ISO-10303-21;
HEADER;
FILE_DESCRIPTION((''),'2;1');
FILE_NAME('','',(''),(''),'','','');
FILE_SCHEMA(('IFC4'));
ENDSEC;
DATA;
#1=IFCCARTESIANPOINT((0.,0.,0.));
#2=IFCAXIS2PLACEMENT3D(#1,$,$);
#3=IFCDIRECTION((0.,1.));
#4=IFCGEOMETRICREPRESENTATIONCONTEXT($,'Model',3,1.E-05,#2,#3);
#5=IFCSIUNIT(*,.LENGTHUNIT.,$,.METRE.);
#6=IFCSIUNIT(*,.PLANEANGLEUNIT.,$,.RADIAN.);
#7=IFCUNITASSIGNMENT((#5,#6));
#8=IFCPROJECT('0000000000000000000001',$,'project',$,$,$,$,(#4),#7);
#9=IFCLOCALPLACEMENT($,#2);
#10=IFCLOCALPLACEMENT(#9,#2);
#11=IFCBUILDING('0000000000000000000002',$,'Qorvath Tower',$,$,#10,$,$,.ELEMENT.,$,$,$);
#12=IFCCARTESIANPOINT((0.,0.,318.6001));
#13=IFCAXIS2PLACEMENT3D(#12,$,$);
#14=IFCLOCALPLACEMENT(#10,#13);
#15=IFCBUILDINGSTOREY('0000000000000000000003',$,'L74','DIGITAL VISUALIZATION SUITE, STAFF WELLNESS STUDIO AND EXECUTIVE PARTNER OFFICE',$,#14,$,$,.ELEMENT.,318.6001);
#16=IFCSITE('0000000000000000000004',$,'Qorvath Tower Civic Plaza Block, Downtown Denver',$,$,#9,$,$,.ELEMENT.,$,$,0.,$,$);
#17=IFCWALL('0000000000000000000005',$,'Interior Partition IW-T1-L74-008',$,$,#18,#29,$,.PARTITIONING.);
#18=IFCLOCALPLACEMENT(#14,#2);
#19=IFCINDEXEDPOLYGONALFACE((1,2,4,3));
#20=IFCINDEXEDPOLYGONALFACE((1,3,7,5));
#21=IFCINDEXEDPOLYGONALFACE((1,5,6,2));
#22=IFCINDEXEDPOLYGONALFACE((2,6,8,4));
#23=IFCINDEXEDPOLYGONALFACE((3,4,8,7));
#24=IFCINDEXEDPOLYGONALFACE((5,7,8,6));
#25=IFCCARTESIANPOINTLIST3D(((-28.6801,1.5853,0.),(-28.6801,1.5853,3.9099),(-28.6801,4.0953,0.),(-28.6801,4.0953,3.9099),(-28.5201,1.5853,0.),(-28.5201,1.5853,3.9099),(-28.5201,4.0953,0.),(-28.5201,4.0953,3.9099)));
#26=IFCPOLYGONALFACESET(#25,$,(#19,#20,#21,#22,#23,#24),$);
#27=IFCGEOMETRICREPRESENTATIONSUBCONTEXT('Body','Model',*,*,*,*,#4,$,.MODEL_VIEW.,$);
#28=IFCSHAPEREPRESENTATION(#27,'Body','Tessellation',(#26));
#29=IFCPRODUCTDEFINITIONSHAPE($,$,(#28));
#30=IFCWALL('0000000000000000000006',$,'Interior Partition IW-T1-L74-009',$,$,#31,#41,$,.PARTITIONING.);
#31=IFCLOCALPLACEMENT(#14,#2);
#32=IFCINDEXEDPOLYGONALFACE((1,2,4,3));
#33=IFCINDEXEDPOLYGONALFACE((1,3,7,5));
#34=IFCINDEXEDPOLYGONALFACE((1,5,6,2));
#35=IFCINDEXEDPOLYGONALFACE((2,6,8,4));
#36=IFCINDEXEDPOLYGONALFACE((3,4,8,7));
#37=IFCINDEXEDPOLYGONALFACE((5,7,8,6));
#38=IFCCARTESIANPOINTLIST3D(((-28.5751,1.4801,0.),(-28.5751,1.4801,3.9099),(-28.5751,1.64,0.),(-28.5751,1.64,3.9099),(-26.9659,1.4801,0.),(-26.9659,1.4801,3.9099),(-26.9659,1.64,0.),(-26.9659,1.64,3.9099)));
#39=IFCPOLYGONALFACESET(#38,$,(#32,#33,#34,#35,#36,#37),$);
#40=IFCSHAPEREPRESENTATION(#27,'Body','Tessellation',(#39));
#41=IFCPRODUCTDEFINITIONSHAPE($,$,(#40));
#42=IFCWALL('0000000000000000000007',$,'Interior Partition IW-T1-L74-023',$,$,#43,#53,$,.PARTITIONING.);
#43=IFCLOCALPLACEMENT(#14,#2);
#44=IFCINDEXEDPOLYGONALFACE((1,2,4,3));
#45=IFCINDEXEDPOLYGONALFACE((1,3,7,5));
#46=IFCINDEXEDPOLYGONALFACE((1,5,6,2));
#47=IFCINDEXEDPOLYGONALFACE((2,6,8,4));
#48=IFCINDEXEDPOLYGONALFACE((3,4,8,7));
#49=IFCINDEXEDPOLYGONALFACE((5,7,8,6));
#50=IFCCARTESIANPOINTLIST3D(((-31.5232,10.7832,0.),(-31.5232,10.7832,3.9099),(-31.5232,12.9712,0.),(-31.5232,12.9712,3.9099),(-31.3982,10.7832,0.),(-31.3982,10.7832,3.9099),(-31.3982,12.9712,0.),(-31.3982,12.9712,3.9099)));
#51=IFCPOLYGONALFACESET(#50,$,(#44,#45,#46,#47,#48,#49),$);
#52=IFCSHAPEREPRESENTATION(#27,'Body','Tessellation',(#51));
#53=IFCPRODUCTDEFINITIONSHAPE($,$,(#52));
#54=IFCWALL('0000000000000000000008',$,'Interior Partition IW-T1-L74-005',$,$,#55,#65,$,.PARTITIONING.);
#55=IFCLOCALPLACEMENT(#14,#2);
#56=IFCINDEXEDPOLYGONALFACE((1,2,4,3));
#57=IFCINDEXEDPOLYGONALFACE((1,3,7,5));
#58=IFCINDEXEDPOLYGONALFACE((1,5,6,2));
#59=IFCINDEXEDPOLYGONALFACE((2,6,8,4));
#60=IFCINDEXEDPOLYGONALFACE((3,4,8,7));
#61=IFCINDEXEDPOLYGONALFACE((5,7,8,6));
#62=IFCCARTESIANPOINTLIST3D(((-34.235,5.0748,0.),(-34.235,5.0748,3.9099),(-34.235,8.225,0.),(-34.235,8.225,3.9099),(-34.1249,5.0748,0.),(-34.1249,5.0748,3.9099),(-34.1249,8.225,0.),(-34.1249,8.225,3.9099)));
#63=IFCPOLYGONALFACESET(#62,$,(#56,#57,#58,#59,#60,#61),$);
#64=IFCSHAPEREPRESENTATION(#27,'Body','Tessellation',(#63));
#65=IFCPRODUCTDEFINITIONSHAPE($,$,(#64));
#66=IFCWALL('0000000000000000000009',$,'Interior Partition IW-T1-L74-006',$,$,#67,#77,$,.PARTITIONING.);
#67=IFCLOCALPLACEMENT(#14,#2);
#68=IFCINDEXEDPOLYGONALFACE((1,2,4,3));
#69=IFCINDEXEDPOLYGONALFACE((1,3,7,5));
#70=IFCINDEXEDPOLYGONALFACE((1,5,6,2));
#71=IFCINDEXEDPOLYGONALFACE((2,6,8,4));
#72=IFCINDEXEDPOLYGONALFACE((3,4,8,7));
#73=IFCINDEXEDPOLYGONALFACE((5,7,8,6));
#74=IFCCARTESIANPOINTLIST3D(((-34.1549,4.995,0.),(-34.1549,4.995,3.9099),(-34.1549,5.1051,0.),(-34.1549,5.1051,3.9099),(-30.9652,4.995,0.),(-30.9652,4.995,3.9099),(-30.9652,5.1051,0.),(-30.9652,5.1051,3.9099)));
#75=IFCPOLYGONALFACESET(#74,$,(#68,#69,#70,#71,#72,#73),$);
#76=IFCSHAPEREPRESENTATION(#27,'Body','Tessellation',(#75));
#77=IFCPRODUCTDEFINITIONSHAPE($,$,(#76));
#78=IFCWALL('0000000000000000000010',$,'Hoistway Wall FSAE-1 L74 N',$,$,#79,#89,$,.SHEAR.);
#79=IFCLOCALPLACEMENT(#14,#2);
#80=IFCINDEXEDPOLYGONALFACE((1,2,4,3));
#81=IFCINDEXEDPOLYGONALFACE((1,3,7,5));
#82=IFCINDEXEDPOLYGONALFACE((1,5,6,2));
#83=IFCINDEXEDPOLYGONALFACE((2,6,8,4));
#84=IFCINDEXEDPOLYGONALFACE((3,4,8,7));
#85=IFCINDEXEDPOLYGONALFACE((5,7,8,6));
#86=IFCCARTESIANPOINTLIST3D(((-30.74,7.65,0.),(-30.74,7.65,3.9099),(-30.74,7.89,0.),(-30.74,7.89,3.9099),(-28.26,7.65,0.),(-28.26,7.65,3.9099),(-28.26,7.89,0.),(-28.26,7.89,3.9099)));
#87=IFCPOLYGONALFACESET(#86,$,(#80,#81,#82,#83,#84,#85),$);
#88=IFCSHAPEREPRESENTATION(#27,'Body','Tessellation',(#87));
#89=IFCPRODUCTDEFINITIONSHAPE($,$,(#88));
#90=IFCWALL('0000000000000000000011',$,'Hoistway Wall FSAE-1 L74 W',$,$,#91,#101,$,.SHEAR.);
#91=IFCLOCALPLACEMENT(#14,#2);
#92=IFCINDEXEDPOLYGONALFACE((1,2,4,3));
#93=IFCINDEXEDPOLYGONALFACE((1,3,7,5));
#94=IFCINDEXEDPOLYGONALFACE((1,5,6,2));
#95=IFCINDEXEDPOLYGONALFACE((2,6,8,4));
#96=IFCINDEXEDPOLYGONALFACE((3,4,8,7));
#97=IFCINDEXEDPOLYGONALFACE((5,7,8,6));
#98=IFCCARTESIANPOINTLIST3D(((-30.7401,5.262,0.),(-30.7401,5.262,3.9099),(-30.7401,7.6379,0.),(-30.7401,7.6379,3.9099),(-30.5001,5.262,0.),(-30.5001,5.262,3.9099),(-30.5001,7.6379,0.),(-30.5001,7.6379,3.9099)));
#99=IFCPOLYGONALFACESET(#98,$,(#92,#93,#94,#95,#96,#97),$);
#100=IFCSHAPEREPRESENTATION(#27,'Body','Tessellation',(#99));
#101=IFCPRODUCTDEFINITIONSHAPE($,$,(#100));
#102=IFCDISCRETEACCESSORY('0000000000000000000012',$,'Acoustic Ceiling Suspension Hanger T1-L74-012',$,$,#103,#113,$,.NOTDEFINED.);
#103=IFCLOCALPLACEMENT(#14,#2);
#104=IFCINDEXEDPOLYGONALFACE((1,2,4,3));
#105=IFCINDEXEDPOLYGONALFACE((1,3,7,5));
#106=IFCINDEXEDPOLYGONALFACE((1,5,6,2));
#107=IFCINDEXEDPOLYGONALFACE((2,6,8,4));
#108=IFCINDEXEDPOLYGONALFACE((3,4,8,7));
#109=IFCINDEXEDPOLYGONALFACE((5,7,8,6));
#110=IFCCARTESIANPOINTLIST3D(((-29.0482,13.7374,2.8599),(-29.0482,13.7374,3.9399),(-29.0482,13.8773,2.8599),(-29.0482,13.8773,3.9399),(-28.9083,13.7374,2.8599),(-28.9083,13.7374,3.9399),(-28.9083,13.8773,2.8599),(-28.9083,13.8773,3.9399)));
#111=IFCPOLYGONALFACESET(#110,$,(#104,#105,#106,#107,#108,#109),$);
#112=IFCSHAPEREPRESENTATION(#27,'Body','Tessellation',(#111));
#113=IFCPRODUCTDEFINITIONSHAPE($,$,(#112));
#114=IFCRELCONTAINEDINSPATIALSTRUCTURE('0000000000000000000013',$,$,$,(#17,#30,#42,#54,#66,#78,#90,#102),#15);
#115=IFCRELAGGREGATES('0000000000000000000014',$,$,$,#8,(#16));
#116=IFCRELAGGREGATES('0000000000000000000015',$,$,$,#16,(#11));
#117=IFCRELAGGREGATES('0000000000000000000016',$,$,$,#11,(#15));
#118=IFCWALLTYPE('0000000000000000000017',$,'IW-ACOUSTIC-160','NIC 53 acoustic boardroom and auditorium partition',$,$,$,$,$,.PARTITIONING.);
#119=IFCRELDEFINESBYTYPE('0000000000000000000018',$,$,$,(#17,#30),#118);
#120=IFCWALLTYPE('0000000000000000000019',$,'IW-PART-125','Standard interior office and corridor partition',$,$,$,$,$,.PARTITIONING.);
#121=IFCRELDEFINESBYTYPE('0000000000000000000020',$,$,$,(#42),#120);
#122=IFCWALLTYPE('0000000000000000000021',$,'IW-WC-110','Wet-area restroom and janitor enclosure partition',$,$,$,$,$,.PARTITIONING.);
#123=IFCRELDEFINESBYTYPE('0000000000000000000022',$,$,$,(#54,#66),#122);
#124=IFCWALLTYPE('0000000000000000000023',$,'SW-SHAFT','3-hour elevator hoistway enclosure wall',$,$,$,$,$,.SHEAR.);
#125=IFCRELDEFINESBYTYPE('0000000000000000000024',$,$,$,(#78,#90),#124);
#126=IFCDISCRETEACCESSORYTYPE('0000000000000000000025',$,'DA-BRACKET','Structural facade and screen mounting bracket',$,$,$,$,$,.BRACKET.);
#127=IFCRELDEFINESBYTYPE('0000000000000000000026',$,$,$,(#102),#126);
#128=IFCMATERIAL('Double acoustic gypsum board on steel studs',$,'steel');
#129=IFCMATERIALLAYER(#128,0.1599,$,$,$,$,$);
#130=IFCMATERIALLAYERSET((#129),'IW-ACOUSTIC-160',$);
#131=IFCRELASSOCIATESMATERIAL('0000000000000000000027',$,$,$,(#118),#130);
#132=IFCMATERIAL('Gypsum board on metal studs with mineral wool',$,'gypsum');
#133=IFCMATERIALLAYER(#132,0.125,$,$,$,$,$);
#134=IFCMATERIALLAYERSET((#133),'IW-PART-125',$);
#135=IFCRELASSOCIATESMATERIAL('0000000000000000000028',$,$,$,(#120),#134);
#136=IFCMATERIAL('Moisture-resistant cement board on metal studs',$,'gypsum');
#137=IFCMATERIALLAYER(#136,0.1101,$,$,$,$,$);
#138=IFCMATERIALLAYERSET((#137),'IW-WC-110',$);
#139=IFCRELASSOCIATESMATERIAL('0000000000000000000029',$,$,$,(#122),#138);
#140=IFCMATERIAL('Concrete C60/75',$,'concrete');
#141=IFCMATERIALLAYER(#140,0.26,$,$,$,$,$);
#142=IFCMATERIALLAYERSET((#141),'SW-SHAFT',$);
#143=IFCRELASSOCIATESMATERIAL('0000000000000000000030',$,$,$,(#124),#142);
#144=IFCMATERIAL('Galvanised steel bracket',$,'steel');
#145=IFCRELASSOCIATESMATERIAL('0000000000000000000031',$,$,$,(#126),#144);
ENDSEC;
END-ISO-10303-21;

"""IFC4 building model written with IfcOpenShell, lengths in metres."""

from ifc_helpers import new_model, si_unit, direction, frame, frame_2d, origin, origin_2d, place, context, subcontext, project, spatial, rectangle, extrude, material, layer, layer_set, type_object, element, save


model = new_model("IFC4")

# Units and contexts
model_context = context("Model", 3, precision=1e-05, world=origin(), true_north=direction((0.0, 1.0)))
body_context = subcontext(model_context, "Body", "Model", "MODEL_VIEW")
ifc_project = project(units=[si_unit("LENGTHUNIT", "METRE"), si_unit("PLANEANGLEUNIT", "RADIAN")], contexts=[model_context])

# Site, building, storey
site_placement = place(None, origin())
site = spatial("IfcSite", under=ifc_project, at=site_placement, Name="Qorvath Tower Civic Plaza Block, Downtown Denver", CompositionType="ELEMENT", RefElevation=0.0)
building_placement = place(site_placement, origin())
building = spatial("IfcBuilding", under=site, at=building_placement, Name="Qorvath Tower", CompositionType="ELEMENT")
storey_placement = place(building_placement, frame((0.0, 0.0, 318.6001)))
storey = spatial("IfcBuildingStorey", under=building, at=storey_placement, Name="L74", Description="DIGITAL VISUALIZATION SUITE, STAFF WELLNESS STUDIO AND EXECUTIVE PARTNER OFFICE", CompositionType="ELEMENT", Elevation=318.6001)

# Walls
ifc_material_1 = material(Name="Double acoustic gypsum board on steel studs", Category="steel")
ifc_layer_1 = layer(ifc_material_1, 0.1599)
ifc_layer_set_1 = layer_set([ifc_layer_1], Name="IW-ACOUSTIC-160")
wall_type_1 = type_object("IfcWallType", Name="IW-ACOUSTIC-160", Description="NIC 53 acoustic boardroom and auditorium partition", PredefinedType="PARTITIONING", material=ifc_layer_set_1)
wall_1_placement = place(storey_placement, frame((-28.6001, 4.0952, 0.0), z_axis=(0.0, 0.0, 1.0), x_axis=(0.0, -1.0, 0.0)))
element("IfcWall", 1, at=wall_1_placement, inside=storey, type_object=wall_type_1, Name="Interior Partition IW-T1-L74-008", PredefinedType="PARTITIONING", context=body_context, shape_type="SweptSolid", body=[
    extrude(rectangle(XDim=2.51, YDim=0.1599, at=frame_2d((1.2549, 0.0))), origin(), (0.0, 0.0, 1.0), 3.9099),
])
wall_2_placement = place(storey_placement, frame((-28.5752, 1.5601, 0.0), z_axis=(0.0, 0.0, 1.0), x_axis=(1.0, 0.0, 0.0)))
element("IfcWall", 2, at=wall_2_placement, inside=storey, type_object=wall_type_1, Name="Interior Partition IW-T1-L74-009", PredefinedType="PARTITIONING", context=body_context, shape_type="SweptSolid", body=[
    extrude(rectangle(XDim=1.6091, YDim=0.1599, at=frame_2d((0.8047, 0.0))), origin(), (0.0, 0.0, 1.0), 3.9099),
])

# Shared definitions
ifc_material_2 = material(Name="Gypsum board on metal studs with mineral wool", Category="gypsum")
ifc_layer_2 = layer(ifc_material_2, 0.125)
ifc_layer_set_2 = layer_set([ifc_layer_2], Name="IW-PART-125")
wall_type_2 = type_object("IfcWallType", Name="IW-PART-125", Description="Standard interior office and corridor partition", PredefinedType="PARTITIONING", material=ifc_layer_set_2)

# Walls
wall_3_placement = place(storey_placement, frame((-31.4607, 12.9712, 0.0), z_axis=(0.0, 0.0, 1.0), x_axis=(0.0, -1.0, 0.0)))
element("IfcWall", 3, at=wall_3_placement, inside=storey, type_object=wall_type_2, Name="Interior Partition IW-T1-L74-023", PredefinedType="PARTITIONING", context=body_context, shape_type="SweptSolid", body=[
    extrude(rectangle(XDim=2.188, YDim=0.125, at=frame_2d((1.094, 0.0))), origin(), (0.0, 0.0, 1.0), 3.9099),
])
ifc_material_3 = material(Name="Moisture-resistant cement board on metal studs", Category="gypsum")
ifc_layer_3 = layer(ifc_material_3, 0.1101)
ifc_layer_set_3 = layer_set([ifc_layer_3], Name="IW-WC-110")
wall_type_3 = type_object("IfcWallType", Name="IW-WC-110", Description="Wet-area restroom and janitor enclosure partition", PredefinedType="PARTITIONING", material=ifc_layer_set_3)
wall_4_placement = place(storey_placement, frame((-34.1799, 8.2251, 0.0), z_axis=(0.0, 0.0, 1.0), x_axis=(0.0, -1.0, 0.0)))
element("IfcWall", 4, at=wall_4_placement, inside=storey, type_object=wall_type_3, Name="Interior Partition IW-T1-L74-005", PredefinedType="PARTITIONING", context=body_context, shape_type="SweptSolid", body=[
    extrude(rectangle(XDim=3.1501, YDim=0.1101, at=frame_2d((1.5752, 0.0))), origin(), (0.0, 0.0, 1.0), 3.9099),
])
wall_5_placement = place(storey_placement, frame((-34.1548, 5.05, 0.0), z_axis=(0.0, 0.0, 1.0), x_axis=(1.0, 0.0, 0.0)))
element("IfcWall", 5, at=wall_5_placement, inside=storey, type_object=wall_type_3, Name="Interior Partition IW-T1-L74-006", PredefinedType="PARTITIONING", context=body_context, shape_type="SweptSolid", body=[
    extrude(rectangle(XDim=3.1897, YDim=0.1101, at=frame_2d((1.5947, 0.0))), origin(), (0.0, 0.0, 1.0), 3.9099),
])
ifc_material_4 = material(Name="Concrete C60/75", Category="concrete")
ifc_layer_4 = layer(ifc_material_4, 0.26)
ifc_layer_set_4 = layer_set([ifc_layer_4], Name="SW-SHAFT")
wall_type_4 = type_object("IfcWallType", Name="SW-SHAFT", Description="3-hour elevator hoistway enclosure wall", PredefinedType="SHEAR", material=ifc_layer_set_4)
wall_6_placement = place(storey_placement, frame((-30.74, 7.77, 0.0), z_axis=(0.0, 0.0, 1.0), x_axis=(1.0, 0.0, 0.0)))
element("IfcWall", 6, at=wall_6_placement, inside=storey, type_object=wall_type_4, Name="Hoistway Wall FSAE-1 L74 N", PredefinedType="SHEAR", context=body_context, shape_type="SweptSolid", body=[
    extrude(rectangle(XDim=2.48, YDim=0.24, at=frame_2d((1.24, 0.0))), origin(), (0.0, 0.0, 1.0), 3.9099),
])
wall_7_placement = place(storey_placement, frame((-30.6201, 5.262, 0.0), z_axis=(0.0, 0.0, 1.0), x_axis=(0.0, 1.0, 0.0)))
element("IfcWall", 7, at=wall_7_placement, inside=storey, type_object=wall_type_4, Name="Hoistway Wall FSAE-1 L74 W", PredefinedType="SHEAR", context=body_context, shape_type="SweptSolid", body=[
    extrude(rectangle(XDim=2.376, YDim=0.24, at=frame_2d((1.188, 0.0))), origin(), (0.0, 0.0, 1.0), 3.9099),
])

# Discrete accessory
ifc_material_5 = material(Name="Galvanised steel bracket", Category="steel")
discrete_accessory_type = type_object("IfcDiscreteAccessoryType", Name="DA-BRACKET", Description="Structural facade and screen mounting bracket", PredefinedType="BRACKET", material=ifc_material_5)
discrete_accessory_placement = place(storey_placement, frame((-28.9783, 13.8074, 2.8599), z_axis=(0.0, 0.0, 1.0), x_axis=(1.0, 0.0, 0.0)))
element("IfcDiscreteAccessory", 8, at=discrete_accessory_placement, inside=storey, type_object=discrete_accessory_type, Name="Acoustic Ceiling Suspension Hanger T1-L74-012", PredefinedType="NOTDEFINED", context=body_context, shape_type="SweptSolid", body=[
    extrude(rectangle(XDim=0.1399, YDim=0.1399, at=origin_2d()), origin(), (0.0, 0.0, 1.0), 1.0801),
])

save(model, "model.ifc")
